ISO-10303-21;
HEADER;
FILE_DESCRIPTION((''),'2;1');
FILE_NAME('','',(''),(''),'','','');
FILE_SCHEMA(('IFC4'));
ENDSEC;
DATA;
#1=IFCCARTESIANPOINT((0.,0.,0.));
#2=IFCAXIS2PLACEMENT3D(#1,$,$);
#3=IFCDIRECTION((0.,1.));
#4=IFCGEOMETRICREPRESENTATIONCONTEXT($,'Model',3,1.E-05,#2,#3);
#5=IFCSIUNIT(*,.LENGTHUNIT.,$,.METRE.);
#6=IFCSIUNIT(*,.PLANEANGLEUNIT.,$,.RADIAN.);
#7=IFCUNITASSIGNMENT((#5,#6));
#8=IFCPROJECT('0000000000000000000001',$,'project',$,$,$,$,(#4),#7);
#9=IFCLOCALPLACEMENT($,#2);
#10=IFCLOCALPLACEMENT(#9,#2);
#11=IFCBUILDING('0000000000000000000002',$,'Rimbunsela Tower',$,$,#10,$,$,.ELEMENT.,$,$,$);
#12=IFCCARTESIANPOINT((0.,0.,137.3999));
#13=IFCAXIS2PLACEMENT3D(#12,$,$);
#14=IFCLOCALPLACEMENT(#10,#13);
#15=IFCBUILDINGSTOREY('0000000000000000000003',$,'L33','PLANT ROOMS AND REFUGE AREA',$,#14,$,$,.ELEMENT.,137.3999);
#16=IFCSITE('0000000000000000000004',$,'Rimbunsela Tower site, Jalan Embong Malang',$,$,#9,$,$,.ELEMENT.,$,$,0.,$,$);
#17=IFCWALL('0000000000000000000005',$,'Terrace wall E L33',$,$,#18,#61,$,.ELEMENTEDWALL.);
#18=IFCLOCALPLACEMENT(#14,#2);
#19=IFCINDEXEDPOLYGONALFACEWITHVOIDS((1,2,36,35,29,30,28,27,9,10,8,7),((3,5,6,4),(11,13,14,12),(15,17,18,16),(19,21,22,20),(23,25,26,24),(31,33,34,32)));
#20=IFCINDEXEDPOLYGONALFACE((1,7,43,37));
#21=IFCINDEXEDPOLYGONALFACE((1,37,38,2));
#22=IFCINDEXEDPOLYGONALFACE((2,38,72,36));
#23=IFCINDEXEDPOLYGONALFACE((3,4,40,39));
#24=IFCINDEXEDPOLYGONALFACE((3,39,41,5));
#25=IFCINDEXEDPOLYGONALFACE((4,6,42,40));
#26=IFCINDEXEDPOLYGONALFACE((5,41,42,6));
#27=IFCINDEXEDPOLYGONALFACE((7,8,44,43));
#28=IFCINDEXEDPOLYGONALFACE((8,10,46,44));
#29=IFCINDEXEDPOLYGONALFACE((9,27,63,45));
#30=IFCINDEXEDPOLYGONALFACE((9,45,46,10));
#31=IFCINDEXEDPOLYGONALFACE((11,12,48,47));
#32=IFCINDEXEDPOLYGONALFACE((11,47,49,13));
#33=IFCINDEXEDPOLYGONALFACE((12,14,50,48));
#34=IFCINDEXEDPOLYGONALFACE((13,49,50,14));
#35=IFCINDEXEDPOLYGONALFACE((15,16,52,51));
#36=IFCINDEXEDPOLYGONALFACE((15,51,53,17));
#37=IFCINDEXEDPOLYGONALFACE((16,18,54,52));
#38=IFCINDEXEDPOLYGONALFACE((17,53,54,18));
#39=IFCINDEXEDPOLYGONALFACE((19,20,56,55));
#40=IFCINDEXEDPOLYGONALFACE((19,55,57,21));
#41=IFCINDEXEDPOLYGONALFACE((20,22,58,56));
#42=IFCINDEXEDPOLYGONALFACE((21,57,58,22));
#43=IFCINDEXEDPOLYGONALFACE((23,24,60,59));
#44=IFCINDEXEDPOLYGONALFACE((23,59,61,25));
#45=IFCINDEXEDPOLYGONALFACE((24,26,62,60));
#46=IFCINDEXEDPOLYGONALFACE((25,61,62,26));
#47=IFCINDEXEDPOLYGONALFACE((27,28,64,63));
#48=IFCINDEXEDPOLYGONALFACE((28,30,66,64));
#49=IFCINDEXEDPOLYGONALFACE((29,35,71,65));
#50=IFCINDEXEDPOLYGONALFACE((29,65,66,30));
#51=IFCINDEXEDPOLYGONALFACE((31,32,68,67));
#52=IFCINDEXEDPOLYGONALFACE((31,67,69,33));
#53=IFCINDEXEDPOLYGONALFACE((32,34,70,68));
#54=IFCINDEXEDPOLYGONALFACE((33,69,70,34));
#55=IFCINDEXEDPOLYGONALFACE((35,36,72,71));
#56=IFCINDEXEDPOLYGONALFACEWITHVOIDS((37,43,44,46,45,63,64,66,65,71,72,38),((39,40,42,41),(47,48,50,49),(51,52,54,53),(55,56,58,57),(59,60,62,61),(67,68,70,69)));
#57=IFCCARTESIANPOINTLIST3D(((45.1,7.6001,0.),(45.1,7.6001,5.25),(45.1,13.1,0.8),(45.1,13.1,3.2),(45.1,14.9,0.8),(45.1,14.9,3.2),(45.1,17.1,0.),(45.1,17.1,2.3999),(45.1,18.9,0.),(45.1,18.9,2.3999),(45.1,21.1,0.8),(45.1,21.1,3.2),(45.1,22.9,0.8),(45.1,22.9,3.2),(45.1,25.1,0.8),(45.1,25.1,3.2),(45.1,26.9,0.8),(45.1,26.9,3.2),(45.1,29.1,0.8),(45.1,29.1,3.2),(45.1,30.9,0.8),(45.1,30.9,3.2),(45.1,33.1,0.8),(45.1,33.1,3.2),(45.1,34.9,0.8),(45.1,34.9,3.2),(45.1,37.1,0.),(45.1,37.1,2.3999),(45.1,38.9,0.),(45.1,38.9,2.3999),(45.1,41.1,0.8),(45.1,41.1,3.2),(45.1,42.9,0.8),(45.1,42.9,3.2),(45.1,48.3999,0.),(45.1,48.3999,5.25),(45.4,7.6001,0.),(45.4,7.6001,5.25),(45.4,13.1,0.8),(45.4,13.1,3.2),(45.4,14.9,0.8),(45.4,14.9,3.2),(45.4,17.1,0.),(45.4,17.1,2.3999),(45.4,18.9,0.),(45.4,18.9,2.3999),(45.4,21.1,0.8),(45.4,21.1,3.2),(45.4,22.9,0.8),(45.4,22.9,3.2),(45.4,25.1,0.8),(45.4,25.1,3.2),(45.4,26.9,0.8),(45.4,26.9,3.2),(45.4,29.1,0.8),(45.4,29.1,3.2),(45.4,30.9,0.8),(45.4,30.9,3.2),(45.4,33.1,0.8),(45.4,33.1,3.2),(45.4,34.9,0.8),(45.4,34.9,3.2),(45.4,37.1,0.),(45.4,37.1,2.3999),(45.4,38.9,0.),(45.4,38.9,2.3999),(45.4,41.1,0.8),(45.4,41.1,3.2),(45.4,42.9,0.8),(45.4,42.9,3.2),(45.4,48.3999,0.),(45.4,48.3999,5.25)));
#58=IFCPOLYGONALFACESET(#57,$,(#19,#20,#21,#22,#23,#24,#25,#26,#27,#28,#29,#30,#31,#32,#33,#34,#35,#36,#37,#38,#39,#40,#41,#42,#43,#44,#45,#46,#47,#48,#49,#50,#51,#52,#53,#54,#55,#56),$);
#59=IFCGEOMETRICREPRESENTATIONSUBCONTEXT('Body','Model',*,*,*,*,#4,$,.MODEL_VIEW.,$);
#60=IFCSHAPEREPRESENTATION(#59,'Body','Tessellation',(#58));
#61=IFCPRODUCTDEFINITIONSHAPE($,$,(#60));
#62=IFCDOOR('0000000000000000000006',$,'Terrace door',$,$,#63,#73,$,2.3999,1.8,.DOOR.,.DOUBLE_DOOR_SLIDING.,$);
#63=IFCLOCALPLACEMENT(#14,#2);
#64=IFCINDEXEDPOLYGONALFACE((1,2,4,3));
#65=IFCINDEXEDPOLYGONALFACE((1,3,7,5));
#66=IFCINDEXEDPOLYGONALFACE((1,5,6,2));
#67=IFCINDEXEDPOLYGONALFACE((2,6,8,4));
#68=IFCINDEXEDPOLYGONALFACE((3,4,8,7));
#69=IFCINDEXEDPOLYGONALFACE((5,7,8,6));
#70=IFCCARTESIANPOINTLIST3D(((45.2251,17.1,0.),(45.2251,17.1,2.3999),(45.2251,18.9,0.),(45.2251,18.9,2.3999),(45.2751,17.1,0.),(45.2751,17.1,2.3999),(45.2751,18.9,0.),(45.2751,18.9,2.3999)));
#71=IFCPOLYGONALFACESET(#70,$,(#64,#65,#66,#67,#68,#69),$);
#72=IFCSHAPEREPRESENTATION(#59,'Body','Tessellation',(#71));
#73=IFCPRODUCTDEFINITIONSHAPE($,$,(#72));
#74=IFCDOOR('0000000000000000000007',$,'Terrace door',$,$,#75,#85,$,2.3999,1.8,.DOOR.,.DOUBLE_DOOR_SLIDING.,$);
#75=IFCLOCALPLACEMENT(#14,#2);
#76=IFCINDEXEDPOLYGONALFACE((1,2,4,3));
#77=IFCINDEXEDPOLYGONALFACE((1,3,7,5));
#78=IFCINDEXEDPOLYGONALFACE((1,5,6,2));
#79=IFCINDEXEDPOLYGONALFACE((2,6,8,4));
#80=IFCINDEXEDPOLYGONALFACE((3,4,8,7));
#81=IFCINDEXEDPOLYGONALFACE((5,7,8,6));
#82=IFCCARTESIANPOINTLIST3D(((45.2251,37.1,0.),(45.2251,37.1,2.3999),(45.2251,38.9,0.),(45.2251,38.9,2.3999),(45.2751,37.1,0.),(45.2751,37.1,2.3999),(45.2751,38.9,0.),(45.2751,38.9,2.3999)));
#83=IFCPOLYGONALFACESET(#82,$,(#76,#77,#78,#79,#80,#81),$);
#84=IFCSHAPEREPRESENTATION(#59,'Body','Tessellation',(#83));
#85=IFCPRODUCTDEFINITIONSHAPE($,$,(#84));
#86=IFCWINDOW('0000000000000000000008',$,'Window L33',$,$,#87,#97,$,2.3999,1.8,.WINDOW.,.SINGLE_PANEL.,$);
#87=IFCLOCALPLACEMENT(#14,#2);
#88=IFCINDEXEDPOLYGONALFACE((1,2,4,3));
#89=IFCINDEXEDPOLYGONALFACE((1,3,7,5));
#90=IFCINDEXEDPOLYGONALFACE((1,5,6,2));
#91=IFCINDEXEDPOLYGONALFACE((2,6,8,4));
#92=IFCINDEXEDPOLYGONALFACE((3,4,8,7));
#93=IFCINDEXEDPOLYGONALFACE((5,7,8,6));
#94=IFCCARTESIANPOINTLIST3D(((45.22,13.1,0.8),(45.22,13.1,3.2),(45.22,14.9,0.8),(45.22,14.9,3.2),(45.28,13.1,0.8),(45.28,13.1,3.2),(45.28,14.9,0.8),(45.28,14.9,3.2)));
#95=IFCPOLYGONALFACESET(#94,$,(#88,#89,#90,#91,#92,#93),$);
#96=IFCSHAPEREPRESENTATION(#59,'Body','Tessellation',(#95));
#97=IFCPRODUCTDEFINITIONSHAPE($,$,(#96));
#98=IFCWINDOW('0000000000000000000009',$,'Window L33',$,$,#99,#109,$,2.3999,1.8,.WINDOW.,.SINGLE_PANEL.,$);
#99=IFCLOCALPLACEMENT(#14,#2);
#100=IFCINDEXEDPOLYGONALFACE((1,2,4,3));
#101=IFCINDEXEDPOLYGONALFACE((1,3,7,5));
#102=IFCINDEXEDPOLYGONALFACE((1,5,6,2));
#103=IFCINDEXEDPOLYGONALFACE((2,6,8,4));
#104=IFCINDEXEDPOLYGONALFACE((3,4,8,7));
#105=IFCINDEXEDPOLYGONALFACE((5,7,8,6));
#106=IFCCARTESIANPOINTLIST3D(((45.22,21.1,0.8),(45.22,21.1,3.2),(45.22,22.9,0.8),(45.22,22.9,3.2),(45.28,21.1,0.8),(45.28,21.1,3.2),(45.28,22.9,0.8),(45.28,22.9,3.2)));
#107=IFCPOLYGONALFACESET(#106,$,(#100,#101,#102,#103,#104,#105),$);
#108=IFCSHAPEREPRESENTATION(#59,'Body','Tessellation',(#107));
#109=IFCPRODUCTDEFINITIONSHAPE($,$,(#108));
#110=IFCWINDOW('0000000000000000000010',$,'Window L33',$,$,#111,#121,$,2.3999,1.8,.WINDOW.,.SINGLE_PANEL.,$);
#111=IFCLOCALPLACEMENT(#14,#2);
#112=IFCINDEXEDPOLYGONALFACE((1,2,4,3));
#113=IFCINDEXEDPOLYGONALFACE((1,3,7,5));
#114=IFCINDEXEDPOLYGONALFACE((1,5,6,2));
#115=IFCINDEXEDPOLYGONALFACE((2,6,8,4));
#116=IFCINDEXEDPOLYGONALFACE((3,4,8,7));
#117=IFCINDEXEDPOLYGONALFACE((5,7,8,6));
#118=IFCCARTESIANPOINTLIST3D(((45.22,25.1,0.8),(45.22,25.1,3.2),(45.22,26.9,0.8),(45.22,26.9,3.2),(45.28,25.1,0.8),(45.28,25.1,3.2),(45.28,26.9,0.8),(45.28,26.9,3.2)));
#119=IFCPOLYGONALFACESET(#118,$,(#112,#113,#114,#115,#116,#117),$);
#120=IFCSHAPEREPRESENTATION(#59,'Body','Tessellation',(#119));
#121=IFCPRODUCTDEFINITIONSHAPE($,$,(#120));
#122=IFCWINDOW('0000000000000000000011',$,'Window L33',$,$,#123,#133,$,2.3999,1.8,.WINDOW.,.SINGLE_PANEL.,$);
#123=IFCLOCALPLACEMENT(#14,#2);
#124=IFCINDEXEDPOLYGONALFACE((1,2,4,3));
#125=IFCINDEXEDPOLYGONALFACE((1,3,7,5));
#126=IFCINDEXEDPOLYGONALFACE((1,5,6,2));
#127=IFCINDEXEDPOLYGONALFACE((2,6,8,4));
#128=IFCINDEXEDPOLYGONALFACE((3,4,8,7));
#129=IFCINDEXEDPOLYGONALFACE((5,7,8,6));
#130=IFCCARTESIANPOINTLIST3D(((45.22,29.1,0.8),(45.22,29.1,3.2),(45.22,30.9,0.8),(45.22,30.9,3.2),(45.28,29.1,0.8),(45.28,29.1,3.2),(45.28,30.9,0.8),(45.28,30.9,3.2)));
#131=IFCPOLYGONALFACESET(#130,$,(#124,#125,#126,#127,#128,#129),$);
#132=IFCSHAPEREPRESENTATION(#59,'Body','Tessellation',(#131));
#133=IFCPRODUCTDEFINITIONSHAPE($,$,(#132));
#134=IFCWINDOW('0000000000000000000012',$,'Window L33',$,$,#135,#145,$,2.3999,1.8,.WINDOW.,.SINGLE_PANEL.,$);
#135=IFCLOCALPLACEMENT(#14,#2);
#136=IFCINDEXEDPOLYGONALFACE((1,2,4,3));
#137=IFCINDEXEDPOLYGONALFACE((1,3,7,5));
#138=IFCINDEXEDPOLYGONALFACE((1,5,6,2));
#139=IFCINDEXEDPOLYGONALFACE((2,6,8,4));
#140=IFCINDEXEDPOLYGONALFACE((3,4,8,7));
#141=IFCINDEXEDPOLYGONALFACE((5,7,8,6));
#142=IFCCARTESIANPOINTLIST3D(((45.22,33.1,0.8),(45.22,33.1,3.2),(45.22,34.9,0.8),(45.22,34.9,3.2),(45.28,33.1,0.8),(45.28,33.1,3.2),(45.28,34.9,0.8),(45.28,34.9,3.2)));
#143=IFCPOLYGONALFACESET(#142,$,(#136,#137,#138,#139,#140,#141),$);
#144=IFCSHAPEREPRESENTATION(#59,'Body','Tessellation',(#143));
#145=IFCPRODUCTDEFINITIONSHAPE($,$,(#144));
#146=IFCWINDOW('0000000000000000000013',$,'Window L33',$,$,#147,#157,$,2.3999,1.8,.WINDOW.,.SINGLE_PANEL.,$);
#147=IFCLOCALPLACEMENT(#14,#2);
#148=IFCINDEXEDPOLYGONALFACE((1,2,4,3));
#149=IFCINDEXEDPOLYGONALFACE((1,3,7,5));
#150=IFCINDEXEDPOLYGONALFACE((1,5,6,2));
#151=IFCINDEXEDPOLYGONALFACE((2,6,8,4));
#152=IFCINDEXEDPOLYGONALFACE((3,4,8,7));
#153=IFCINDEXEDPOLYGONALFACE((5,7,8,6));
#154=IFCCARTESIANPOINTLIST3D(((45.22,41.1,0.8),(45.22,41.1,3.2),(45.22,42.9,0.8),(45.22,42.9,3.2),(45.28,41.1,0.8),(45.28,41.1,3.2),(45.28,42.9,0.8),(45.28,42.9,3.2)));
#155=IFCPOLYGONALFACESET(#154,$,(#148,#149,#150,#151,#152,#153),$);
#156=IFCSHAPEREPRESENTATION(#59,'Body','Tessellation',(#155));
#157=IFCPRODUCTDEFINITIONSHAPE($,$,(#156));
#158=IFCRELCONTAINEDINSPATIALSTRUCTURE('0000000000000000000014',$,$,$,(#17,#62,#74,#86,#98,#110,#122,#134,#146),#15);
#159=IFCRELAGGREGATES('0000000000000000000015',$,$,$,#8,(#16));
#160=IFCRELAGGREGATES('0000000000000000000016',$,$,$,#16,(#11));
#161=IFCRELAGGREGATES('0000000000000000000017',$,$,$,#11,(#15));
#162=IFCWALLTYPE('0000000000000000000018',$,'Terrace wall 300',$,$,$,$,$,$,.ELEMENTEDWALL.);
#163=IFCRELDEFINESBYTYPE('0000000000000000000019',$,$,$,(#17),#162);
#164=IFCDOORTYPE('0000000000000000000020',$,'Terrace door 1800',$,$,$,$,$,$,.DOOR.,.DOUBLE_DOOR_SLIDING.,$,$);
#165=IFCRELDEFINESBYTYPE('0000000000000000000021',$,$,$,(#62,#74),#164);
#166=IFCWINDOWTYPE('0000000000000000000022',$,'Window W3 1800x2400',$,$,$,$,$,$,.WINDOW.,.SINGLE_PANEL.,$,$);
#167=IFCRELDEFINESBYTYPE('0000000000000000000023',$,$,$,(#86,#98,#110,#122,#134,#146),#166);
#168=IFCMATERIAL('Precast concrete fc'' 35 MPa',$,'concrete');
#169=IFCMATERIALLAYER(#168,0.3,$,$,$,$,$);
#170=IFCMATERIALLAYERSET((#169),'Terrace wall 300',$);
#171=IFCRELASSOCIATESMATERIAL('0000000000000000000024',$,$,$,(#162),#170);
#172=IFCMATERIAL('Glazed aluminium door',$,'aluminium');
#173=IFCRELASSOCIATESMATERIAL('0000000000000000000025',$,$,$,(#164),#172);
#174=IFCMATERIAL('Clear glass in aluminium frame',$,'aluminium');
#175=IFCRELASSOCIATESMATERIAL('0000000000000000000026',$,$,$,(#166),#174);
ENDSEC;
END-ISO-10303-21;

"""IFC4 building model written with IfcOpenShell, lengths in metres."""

from ifc_helpers import new_model, si_unit, direction, frame, frame_2d, origin, place, context, subcontext, project, spatial, rectangle, extrude, material, layer, layer_set, type_object, element, fill, save


model = new_model("IFC4")

# Units and contexts
model_context = context("Model", 3, precision=1e-05, world=origin(), true_north=direction((0.0, 1.0)))
body_context = subcontext(model_context, "Body", "Model", "MODEL_VIEW")
ifc_project = project(units=[si_unit("LENGTHUNIT", "METRE"), si_unit("PLANEANGLEUNIT", "RADIAN")], contexts=[model_context])

# Site, building, storey
site_placement = place(None, origin())
site = spatial("IfcSite", under=ifc_project, at=site_placement, Name="Rimbunsela Tower site, Jalan Embong Malang", CompositionType="ELEMENT", RefElevation=0.0)
building_placement = place(site_placement, origin())
building = spatial("IfcBuilding", under=site, at=building_placement, Name="Rimbunsela Tower", CompositionType="ELEMENT")
storey_placement = place(building_placement, frame((0.0, 0.0, 137.3999)))
storey = spatial("IfcBuildingStorey", under=building, at=storey_placement, Name="L33", Description="PLANT ROOMS AND REFUGE AREA", CompositionType="ELEMENT", Elevation=137.3999)

# Wall, openings, doors, windows
ifc_material_1 = material(Name="Precast concrete fc' 35 MPa", Category="concrete")
ifc_layer_1 = layer(ifc_material_1, 0.3)
ifc_layer_set_1 = layer_set([ifc_layer_1], Name="Terrace wall 300")
wall_type = type_object("IfcWallType", Name="Terrace wall 300", PredefinedType="ELEMENTEDWALL", material=ifc_layer_set_1)
wall_placement = place(storey_placement, frame((45.25, 7.6001, 0.0), z_axis=(0.0, 0.0, 1.0), x_axis=(0.0, 1.0, 0.0)))
wall = element("IfcWall", 1, at=wall_placement, inside=storey, type_object=wall_type, Name="Terrace wall E L33", PredefinedType="ELEMENTEDWALL", context=body_context, shape_type="SweptSolid", body=[
    extrude(rectangle(XDim=40.7998, YDim=0.3, at=frame_2d((20.3999, 0.0))), origin(), (0.0, 0.0, 1.0), 5.25),
])
opening_1_placement = place(wall_placement, frame((5.5, 0.0, 0.8)))
opening_1 = element("IfcOpeningElement", 2, at=opening_1_placement, cuts=wall, PredefinedType="OPENING", context=body_context, shape_type="SweptSolid", body=[
    extrude(rectangle(XDim=1.8, YDim=2.3999, at=frame_2d((0.8999, 1.2))), frame((0.0, 0.1599, 0.0), z_axis=(0.0, -1.0, 0.0), x_axis=(1.0, 0.0, 0.0)), (0.0, 0.0, 1.0), 0.3201),
])
opening_2_placement = place(wall_placement, frame((9.5, 0.0, 0.0)))
opening_2 = element("IfcOpeningElement", 3, at=opening_2_placement, cuts=wall, PredefinedType="OPENING", context=body_context, shape_type="SweptSolid", body=[
    extrude(rectangle(XDim=1.8, YDim=2.3999, at=frame_2d((0.8999, 1.2))), frame((0.0, 0.1599, 0.0), z_axis=(0.0, -1.0, 0.0), x_axis=(1.0, 0.0, 0.0)), (0.0, 0.0, 1.0), 0.3201),
])
opening_3_placement = place(wall_placement, frame((13.5, 0.0, 0.8)))
opening_3 = element("IfcOpeningElement", 4, at=opening_3_placement, cuts=wall, PredefinedType="OPENING", context=body_context, shape_type="SweptSolid", body=[
    extrude(rectangle(XDim=1.8, YDim=2.3999, at=frame_2d((0.8999, 1.2))), frame((0.0, 0.1599, 0.0), z_axis=(0.0, -1.0, 0.0), x_axis=(1.0, 0.0, 0.0)), (0.0, 0.0, 1.0), 0.3201),
])
opening_4_placement = place(wall_placement, frame((17.5, 0.0, 0.8)))
opening_4 = element("IfcOpeningElement", 5, at=opening_4_placement, cuts=wall, PredefinedType="OPENING", context=body_context, shape_type="SweptSolid", body=[
    extrude(rectangle(XDim=1.8, YDim=2.3999, at=frame_2d((0.8999, 1.2))), frame((0.0, 0.1599, 0.0), z_axis=(0.0, -1.0, 0.0), x_axis=(1.0, 0.0, 0.0)), (0.0, 0.0, 1.0), 0.3201),
])
opening_5_placement = place(wall_placement, frame((21.5, 0.0, 0.8)))
opening_5 = element("IfcOpeningElement", 6, at=opening_5_placement, cuts=wall, PredefinedType="OPENING", context=body_context, shape_type="SweptSolid", body=[
    extrude(rectangle(XDim=1.8, YDim=2.3999, at=frame_2d((0.8999, 1.2))), frame((0.0, 0.1599, 0.0), z_axis=(0.0, -1.0, 0.0), x_axis=(1.0, 0.0, 0.0)), (0.0, 0.0, 1.0), 0.3201),
])
opening_6_placement = place(wall_placement, frame((25.5, 0.0, 0.8)))
opening_6 = element("IfcOpeningElement", 7, at=opening_6_placement, cuts=wall, PredefinedType="OPENING", context=body_context, shape_type="SweptSolid", body=[
    extrude(rectangle(XDim=1.8, YDim=2.3999, at=frame_2d((0.8999, 1.2))), frame((0.0, 0.1599, 0.0), z_axis=(0.0, -1.0, 0.0), x_axis=(1.0, 0.0, 0.0)), (0.0, 0.0, 1.0), 0.3201),
])
opening_7_placement = place(wall_placement, frame((29.5, 0.0, 0.0)))
opening_7 = element("IfcOpeningElement", 8, at=opening_7_placement, cuts=wall, PredefinedType="OPENING", context=body_context, shape_type="SweptSolid", body=[
    extrude(rectangle(XDim=1.8, YDim=2.3999, at=frame_2d((0.8999, 1.2))), frame((0.0, 0.1599, 0.0), z_axis=(0.0, -1.0, 0.0), x_axis=(1.0, 0.0, 0.0)), (0.0, 0.0, 1.0), 0.3201),
])
opening_8_placement = place(wall_placement, frame((33.5, 0.0, 0.8)))
opening_8 = element("IfcOpeningElement", 9, at=opening_8_placement, cuts=wall, PredefinedType="OPENING", context=body_context, shape_type="SweptSolid", body=[
    extrude(rectangle(XDim=1.8, YDim=2.3999, at=frame_2d((0.8999, 1.2))), frame((0.0, 0.1599, 0.0), z_axis=(0.0, -1.0, 0.0), x_axis=(1.0, 0.0, 0.0)), (0.0, 0.0, 1.0), 0.3201),
])
ifc_material_2 = material(Name="Glazed aluminium door", Category="aluminium")
door_type = type_object("IfcDoorType", Name="Terrace door 1800", OperationType="DOUBLE_DOOR_SLIDING", PredefinedType="DOOR", material=ifc_material_2)
door_1_placement = place(opening_2_placement, origin())
door_1 = element("IfcDoor", 10, at=door_1_placement, inside=storey, type_object=door_type, Name="Terrace door", OperationType="DOUBLE_DOOR_SLIDING", OverallHeight=2.3999, OverallWidth=1.8, PredefinedType="DOOR", context=body_context, shape_type="SweptSolid", body=[
    extrude(rectangle(XDim=1.8, YDim=2.3999, at=frame_2d((0.8999, 1.2))), frame((0.0, 0.0249, 0.0), z_axis=(0.0, -1.0, 0.0), x_axis=(1.0, 0.0, 0.0)), (0.0, 0.0, 1.0), 0.05),
])
fill(opening_2, door_1)
door_2_placement = place(opening_7_placement, origin())
door_2 = element("IfcDoor", 11, at=door_2_placement, inside=storey, type_object=door_type, Name="Terrace door", OperationType="DOUBLE_DOOR_SLIDING", OverallHeight=2.3999, OverallWidth=1.8, PredefinedType="DOOR", context=body_context, shape_type="SweptSolid", body=[
    extrude(rectangle(XDim=1.8, YDim=2.3999, at=frame_2d((0.8999, 1.2))), frame((0.0, 0.0249, 0.0), z_axis=(0.0, -1.0, 0.0), x_axis=(1.0, 0.0, 0.0)), (0.0, 0.0, 1.0), 0.05),
])
fill(opening_7, door_2)
ifc_material_3 = material(Name="Clear glass in aluminium frame", Category="aluminium")
window_type = type_object("IfcWindowType", Name="Window W3 1800x2400", PartitioningType="SINGLE_PANEL", PredefinedType="WINDOW", material=ifc_material_3)
window_1_placement = place(opening_1_placement, origin())
window_1 = element("IfcWindow", 12, at=window_1_placement, inside=storey, type_object=window_type, Name="Window L33", OverallHeight=2.3999, OverallWidth=1.8, PartitioningType="SINGLE_PANEL", PredefinedType="WINDOW", context=body_context, shape_type="SweptSolid", body=[
    extrude(rectangle(XDim=1.8, YDim=2.3999, at=frame_2d((0.8999, 1.2))), frame((0.0, 0.03, 0.0), z_axis=(0.0, -1.0, 0.0), x_axis=(1.0, 0.0, 0.0)), (0.0, 0.0, 1.0), 0.0601),
])
fill(opening_1, window_1)
window_2_placement = place(opening_3_placement, origin())
window_2 = element("IfcWindow", 13, at=window_2_placement, inside=storey, type_object=window_type, Name="Window L33", OverallHeight=2.3999, OverallWidth=1.8, PartitioningType="SINGLE_PANEL", PredefinedType="WINDOW", context=body_context, shape_type="SweptSolid", body=[
    extrude(rectangle(XDim=1.8, YDim=2.3999, at=frame_2d((0.8999, 1.2))), frame((0.0, 0.03, 0.0), z_axis=(0.0, -1.0, 0.0), x_axis=(1.0, 0.0, 0.0)), (0.0, 0.0, 1.0), 0.0601),
])
fill(opening_3, window_2)
window_3_placement = place(opening_4_placement, origin())
window_3 = element("IfcWindow", 14, at=window_3_placement, inside=storey, type_object=window_type, Name="Window L33", OverallHeight=2.3999, OverallWidth=1.8, PartitioningType="SINGLE_PANEL", PredefinedType="WINDOW", context=body_context, shape_type="SweptSolid", body=[
    extrude(rectangle(XDim=1.8, YDim=2.3999, at=frame_2d((0.8999, 1.2))), frame((0.0, 0.03, 0.0), z_axis=(0.0, -1.0, 0.0), x_axis=(1.0, 0.0, 0.0)), (0.0, 0.0, 1.0), 0.0601),
])
fill(opening_4, window_3)
window_4_placement = place(opening_5_placement, origin())
window_4 = element("IfcWindow", 15, at=window_4_placement, inside=storey, type_object=window_type, Name="Window L33", OverallHeight=2.3999, OverallWidth=1.8, PartitioningType="SINGLE_PANEL", PredefinedType="WINDOW", context=body_context, shape_type="SweptSolid", body=[
    extrude(rectangle(XDim=1.8, YDim=2.3999, at=frame_2d((0.8999, 1.2))), frame((0.0, 0.03, 0.0), z_axis=(0.0, -1.0, 0.0), x_axis=(1.0, 0.0, 0.0)), (0.0, 0.0, 1.0), 0.0601),
])
fill(opening_5, window_4)
window_5_placement = place(opening_6_placement, origin())
window_5 = element("IfcWindow", 16, at=window_5_placement, inside=storey, type_object=window_type, Name="Window L33", OverallHeight=2.3999, OverallWidth=1.8, PartitioningType="SINGLE_PANEL", PredefinedType="WINDOW", context=body_context, shape_type="SweptSolid", body=[
    extrude(rectangle(XDim=1.8, YDim=2.3999, at=frame_2d((0.8999, 1.2))), frame((0.0, 0.03, 0.0), z_axis=(0.0, -1.0, 0.0), x_axis=(1.0, 0.0, 0.0)), (0.0, 0.0, 1.0), 0.0601),
])
fill(opening_6, window_5)
window_6_placement = place(opening_8_placement, origin())
window_6 = element("IfcWindow", 17, at=window_6_placement, inside=storey, type_object=window_type, Name="Window L33", OverallHeight=2.3999, OverallWidth=1.8, PartitioningType="SINGLE_PANEL", PredefinedType="WINDOW", context=body_context, shape_type="SweptSolid", body=[
    extrude(rectangle(XDim=1.8, YDim=2.3999, at=frame_2d((0.8999, 1.2))), frame((0.0, 0.03, 0.0), z_axis=(0.0, -1.0, 0.0), x_axis=(1.0, 0.0, 0.0)), (0.0, 0.0, 1.0), 0.0601),
])
fill(opening_8, window_6)

save(model, "model.ifc")
